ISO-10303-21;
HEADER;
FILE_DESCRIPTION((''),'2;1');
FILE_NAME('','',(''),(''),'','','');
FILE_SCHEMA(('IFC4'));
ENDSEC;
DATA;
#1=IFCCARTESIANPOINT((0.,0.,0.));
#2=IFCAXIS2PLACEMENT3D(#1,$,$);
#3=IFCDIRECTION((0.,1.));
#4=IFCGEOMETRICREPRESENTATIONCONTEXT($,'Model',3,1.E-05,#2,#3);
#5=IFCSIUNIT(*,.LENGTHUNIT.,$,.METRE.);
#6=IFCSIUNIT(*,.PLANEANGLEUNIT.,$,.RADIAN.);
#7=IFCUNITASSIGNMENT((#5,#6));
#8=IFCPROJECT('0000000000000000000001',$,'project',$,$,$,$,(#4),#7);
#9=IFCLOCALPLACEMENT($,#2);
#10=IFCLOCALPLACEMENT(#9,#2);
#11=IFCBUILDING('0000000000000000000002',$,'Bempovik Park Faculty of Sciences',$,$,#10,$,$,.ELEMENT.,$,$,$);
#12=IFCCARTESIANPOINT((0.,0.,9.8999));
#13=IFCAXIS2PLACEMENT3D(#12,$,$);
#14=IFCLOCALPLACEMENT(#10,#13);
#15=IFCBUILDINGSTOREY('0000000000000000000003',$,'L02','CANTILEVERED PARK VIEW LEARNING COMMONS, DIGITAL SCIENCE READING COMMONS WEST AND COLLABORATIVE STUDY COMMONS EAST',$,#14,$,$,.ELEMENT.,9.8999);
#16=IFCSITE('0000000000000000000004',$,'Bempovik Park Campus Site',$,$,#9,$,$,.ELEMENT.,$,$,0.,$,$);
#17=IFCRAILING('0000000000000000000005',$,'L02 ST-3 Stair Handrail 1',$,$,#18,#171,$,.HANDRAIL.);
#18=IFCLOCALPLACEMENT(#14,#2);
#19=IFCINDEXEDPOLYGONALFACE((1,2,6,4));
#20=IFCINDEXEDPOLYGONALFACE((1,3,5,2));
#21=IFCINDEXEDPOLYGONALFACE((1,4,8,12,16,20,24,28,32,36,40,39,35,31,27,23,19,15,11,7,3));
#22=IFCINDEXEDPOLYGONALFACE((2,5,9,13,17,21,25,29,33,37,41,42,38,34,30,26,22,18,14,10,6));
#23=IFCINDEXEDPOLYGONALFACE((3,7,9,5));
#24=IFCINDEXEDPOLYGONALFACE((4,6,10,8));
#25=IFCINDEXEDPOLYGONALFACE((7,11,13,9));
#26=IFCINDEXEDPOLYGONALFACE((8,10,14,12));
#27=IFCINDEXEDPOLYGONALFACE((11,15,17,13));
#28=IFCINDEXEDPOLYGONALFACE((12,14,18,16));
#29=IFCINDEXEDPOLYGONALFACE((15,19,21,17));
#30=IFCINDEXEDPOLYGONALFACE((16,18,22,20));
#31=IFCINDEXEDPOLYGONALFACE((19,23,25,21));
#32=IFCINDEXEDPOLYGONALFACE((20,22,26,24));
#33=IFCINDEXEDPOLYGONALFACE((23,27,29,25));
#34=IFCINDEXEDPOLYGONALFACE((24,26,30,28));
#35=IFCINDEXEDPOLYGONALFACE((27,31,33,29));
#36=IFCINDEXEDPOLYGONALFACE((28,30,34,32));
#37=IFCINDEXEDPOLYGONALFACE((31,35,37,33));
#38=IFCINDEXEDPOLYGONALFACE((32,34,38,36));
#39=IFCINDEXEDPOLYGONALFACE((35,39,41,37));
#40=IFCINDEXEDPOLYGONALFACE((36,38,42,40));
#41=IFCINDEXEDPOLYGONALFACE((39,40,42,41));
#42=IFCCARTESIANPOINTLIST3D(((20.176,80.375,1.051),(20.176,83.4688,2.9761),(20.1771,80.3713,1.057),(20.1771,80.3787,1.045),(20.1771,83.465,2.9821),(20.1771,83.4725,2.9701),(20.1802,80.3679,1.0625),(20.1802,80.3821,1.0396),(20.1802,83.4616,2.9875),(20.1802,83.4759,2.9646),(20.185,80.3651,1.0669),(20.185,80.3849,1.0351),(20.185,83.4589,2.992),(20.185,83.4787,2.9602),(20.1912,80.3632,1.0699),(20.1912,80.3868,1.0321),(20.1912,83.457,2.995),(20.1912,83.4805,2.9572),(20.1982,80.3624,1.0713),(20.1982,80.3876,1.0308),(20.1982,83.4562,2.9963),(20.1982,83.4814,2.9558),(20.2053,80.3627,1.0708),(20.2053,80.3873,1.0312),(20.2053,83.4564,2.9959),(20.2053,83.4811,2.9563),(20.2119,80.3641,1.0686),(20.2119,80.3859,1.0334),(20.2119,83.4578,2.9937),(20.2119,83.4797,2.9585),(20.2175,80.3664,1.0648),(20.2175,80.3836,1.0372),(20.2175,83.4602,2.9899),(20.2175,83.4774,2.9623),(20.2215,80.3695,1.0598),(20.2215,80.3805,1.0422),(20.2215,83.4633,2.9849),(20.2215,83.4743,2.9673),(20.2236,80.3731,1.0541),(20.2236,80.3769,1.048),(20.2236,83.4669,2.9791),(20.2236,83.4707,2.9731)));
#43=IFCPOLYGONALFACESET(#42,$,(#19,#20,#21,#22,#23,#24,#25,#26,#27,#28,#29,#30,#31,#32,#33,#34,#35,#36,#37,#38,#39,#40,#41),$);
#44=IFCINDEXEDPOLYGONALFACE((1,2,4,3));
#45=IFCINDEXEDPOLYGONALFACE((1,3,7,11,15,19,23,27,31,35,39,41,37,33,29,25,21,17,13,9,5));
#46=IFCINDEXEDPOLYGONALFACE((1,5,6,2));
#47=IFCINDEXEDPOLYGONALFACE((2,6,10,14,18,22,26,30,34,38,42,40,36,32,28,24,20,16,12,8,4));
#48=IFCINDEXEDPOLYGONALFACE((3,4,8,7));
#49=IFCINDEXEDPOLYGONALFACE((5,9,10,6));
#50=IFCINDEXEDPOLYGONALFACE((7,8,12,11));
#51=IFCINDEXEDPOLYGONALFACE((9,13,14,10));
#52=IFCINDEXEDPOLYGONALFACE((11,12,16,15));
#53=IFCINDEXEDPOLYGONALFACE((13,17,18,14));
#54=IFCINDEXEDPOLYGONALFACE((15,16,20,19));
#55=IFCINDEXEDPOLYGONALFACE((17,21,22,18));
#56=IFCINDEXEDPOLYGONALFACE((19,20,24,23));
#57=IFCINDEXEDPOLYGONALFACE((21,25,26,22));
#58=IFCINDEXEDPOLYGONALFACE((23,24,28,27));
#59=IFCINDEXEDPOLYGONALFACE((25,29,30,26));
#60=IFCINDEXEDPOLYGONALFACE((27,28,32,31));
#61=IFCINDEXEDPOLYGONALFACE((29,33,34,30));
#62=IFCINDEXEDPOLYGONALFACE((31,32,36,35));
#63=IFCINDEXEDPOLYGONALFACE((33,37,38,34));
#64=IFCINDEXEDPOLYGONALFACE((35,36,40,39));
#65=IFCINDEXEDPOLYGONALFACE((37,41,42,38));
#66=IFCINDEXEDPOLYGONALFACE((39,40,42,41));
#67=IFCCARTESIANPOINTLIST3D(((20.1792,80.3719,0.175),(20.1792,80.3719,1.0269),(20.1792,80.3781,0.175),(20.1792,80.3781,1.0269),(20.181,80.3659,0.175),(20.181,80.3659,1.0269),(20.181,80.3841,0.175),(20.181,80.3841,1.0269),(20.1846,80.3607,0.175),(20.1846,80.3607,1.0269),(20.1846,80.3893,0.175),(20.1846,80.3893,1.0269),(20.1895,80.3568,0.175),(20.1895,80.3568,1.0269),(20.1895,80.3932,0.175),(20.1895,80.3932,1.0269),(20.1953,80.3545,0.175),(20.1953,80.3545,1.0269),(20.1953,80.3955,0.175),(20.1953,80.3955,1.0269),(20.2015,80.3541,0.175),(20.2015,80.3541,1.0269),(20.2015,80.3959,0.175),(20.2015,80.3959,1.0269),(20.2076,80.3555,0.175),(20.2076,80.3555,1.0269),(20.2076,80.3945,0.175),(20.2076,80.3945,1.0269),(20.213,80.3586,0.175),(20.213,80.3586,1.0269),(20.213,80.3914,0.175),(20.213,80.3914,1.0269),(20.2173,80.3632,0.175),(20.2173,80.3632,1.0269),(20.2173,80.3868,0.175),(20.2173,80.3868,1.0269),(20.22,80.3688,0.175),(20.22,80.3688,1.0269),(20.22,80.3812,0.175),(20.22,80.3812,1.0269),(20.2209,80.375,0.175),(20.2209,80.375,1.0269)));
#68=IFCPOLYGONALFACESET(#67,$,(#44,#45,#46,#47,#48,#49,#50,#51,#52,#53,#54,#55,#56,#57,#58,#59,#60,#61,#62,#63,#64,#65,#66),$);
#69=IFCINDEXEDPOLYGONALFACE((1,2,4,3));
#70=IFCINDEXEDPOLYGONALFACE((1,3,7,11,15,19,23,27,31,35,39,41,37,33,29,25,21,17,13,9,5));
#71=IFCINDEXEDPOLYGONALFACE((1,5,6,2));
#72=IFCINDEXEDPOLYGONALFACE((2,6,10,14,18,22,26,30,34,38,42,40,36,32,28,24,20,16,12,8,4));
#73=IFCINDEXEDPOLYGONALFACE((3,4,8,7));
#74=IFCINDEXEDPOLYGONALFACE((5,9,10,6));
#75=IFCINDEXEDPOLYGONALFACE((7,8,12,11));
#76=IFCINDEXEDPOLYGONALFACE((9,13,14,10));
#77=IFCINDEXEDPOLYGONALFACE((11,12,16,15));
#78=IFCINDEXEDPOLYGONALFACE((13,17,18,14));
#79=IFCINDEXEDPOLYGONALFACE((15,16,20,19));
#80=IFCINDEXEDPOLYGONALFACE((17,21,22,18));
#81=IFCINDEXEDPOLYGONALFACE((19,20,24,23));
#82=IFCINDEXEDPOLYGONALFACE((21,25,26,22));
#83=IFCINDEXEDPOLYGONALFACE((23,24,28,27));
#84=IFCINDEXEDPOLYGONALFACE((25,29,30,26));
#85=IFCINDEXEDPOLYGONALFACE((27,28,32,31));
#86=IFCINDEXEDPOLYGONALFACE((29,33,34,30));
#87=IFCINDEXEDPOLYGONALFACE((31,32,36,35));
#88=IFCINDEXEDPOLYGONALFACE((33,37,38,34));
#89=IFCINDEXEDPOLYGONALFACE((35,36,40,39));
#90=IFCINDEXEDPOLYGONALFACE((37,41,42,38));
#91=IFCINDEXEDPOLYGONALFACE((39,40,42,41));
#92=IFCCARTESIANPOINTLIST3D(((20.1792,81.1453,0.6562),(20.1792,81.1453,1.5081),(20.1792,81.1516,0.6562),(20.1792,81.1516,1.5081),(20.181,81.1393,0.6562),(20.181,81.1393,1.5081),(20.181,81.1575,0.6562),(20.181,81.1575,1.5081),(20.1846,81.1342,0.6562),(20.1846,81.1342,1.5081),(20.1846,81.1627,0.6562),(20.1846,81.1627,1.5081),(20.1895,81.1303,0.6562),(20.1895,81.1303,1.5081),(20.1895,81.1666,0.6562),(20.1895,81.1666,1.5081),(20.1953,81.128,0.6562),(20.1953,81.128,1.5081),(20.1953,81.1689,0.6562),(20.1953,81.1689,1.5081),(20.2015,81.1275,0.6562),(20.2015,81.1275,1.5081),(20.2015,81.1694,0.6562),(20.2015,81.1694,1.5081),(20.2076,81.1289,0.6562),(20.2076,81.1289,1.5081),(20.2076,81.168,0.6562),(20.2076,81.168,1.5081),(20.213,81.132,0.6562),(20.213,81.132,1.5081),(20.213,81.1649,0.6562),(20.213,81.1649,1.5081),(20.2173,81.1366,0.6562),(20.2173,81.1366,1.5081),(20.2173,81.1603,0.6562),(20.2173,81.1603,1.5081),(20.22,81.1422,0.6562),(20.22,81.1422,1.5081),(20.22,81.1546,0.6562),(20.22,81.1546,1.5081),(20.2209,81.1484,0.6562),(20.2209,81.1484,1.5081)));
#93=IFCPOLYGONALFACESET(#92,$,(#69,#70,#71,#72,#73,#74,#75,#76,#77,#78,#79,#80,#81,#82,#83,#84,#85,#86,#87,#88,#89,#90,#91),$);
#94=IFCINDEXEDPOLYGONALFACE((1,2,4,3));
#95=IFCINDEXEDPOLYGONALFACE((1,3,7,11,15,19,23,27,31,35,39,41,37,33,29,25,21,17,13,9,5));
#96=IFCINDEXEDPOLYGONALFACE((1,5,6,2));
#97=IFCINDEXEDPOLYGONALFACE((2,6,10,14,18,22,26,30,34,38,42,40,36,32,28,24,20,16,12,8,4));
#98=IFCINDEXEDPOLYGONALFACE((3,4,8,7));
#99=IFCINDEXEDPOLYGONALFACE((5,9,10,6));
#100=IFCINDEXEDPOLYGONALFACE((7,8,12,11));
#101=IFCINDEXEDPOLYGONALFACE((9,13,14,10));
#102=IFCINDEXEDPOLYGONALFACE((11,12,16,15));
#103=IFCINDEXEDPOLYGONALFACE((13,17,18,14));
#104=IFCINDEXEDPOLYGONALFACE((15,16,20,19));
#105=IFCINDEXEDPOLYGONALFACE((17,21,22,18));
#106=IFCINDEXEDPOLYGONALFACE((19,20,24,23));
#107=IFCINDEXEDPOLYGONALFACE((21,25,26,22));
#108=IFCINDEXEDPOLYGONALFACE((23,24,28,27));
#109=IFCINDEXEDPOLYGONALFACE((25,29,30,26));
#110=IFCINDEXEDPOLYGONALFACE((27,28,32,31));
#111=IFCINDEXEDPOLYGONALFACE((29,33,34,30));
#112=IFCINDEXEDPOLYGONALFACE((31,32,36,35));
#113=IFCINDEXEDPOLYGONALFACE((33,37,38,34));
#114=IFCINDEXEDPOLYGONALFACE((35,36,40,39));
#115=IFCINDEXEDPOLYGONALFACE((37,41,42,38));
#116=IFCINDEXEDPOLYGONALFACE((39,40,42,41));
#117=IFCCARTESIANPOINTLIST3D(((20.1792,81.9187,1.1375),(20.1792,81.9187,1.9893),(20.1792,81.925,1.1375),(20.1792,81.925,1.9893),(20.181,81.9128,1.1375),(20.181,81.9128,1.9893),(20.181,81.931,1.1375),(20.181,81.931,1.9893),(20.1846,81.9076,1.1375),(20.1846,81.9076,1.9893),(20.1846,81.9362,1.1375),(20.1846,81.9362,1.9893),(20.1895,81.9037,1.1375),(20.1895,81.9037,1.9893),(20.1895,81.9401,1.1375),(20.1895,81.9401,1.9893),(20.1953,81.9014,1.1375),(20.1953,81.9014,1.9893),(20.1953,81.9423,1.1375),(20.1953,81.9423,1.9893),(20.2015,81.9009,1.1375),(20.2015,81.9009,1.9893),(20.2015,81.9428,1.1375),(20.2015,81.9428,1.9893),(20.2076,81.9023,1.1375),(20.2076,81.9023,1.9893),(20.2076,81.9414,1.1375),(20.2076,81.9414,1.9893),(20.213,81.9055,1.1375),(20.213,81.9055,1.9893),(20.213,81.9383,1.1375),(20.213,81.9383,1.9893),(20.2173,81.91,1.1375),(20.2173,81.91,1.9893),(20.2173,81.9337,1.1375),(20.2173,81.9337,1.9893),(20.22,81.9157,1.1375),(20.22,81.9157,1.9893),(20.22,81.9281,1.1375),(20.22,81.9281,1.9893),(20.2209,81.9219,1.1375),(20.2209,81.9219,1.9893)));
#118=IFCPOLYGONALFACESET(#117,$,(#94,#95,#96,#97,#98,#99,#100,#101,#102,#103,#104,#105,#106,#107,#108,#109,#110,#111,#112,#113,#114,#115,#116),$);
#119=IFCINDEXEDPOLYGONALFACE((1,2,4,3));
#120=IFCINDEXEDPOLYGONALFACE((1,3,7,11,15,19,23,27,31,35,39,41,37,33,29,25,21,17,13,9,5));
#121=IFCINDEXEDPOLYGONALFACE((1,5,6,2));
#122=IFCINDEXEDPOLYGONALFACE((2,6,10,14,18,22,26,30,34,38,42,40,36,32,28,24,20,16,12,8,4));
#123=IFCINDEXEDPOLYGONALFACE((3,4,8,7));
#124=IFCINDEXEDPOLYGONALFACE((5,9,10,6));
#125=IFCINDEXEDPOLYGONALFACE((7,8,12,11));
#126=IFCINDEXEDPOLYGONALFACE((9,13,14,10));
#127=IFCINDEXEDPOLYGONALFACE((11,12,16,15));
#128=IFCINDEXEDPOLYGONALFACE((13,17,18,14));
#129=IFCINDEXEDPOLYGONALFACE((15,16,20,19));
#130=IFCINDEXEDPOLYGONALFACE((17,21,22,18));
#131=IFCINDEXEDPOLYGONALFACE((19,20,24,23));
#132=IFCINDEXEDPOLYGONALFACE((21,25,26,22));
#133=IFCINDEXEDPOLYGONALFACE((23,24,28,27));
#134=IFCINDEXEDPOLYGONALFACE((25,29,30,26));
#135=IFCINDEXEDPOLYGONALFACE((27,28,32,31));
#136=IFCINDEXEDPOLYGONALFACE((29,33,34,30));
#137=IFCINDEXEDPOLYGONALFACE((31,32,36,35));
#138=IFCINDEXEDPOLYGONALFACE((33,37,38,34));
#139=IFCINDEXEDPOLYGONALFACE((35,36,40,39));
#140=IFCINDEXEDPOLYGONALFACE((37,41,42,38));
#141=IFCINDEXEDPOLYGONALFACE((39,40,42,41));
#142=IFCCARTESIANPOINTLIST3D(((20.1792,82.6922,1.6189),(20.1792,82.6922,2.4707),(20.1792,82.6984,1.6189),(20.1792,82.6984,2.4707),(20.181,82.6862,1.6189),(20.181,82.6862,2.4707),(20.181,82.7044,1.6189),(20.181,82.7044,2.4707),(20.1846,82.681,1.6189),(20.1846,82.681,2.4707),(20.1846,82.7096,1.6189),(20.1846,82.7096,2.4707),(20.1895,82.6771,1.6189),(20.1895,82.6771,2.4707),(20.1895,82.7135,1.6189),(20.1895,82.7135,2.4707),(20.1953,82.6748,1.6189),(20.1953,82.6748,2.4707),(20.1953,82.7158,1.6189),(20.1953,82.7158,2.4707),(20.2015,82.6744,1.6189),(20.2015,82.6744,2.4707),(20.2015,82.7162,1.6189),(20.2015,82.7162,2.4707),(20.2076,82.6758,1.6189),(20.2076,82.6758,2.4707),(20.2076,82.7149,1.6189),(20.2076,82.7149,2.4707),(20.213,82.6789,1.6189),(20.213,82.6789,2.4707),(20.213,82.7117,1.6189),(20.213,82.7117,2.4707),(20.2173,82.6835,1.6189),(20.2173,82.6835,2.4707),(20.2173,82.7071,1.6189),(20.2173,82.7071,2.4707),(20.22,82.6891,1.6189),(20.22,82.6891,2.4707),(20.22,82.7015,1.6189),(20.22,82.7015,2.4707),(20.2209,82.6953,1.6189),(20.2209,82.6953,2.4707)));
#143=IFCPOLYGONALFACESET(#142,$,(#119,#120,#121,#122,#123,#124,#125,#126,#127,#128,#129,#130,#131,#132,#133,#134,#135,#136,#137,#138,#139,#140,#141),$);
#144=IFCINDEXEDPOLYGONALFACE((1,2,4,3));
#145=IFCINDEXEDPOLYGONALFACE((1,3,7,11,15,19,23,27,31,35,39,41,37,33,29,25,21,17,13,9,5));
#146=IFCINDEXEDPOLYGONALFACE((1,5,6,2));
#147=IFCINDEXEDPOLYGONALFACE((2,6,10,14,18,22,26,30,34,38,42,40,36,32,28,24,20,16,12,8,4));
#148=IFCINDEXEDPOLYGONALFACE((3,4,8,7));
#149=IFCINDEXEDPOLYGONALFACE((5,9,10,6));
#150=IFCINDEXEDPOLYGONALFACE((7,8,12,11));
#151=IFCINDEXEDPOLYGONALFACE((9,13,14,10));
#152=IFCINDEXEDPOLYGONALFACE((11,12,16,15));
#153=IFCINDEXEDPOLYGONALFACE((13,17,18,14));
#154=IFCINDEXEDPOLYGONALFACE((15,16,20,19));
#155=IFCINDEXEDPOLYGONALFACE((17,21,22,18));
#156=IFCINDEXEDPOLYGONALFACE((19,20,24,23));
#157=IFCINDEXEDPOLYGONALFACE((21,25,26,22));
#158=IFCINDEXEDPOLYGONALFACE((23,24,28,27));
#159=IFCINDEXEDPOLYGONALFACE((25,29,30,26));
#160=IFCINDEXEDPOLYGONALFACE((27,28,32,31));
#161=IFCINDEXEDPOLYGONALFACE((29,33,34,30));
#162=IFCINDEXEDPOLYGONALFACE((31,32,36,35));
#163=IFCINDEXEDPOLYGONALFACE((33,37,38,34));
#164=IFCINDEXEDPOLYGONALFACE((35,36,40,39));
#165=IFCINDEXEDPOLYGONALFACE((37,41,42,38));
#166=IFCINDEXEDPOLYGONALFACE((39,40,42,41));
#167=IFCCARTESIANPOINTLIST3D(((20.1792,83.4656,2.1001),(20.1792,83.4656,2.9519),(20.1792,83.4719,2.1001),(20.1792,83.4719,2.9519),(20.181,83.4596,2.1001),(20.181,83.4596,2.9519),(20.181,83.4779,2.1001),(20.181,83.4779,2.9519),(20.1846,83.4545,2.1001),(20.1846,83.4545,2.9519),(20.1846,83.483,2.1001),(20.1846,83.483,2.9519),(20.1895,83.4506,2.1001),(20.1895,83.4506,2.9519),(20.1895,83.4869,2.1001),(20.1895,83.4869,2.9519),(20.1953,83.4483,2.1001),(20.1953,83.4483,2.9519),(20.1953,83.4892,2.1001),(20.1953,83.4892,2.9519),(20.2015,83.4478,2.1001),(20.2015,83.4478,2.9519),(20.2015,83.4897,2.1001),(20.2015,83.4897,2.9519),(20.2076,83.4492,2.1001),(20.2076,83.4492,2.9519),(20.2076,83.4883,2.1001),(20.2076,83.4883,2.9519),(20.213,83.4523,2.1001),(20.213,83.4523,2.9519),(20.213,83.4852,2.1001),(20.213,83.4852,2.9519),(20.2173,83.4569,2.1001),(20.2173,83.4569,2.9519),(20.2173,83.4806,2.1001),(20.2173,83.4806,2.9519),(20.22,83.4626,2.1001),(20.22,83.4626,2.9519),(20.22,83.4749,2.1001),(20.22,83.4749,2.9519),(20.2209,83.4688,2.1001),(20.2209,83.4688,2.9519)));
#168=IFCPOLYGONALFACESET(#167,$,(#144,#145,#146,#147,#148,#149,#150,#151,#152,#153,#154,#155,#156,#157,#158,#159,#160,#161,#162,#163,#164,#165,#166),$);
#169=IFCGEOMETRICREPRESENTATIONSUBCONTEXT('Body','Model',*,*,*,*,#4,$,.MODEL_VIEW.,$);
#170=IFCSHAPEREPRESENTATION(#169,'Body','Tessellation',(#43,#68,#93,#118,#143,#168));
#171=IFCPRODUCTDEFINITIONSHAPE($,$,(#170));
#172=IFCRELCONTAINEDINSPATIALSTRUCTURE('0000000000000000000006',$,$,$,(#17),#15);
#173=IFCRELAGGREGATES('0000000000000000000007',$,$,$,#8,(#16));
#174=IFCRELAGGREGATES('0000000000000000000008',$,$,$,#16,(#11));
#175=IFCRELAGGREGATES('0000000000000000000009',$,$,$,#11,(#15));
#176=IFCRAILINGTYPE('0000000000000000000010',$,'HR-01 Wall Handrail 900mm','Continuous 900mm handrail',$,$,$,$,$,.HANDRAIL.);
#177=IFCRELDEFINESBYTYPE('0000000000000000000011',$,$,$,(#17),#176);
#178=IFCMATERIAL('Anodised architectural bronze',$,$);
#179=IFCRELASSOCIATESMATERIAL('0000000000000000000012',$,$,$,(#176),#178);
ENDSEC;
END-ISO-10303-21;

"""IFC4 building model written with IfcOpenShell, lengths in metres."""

from ifc_helpers import new_model, si_unit, direction, frame, origin, origin_2d, place, context, subcontext, project, spatial, circle, extrude, material, type_object, element, save


model = new_model("IFC4")

# Units and contexts
model_context = context("Model", 3, precision=1e-05, world=origin(), true_north=direction((0.0, 1.0)))
body_context = subcontext(model_context, "Body", "Model", "MODEL_VIEW")
ifc_project = project(units=[si_unit("LENGTHUNIT", "METRE"), si_unit("PLANEANGLEUNIT", "RADIAN")], contexts=[model_context])

# Site, building, storey
site_placement = place(None, origin())
site = spatial("IfcSite", under=ifc_project, at=site_placement, Name="Bempovik Park Campus Site", CompositionType="ELEMENT", RefElevation=0.0)
building_placement = place(site_placement, origin())
building = spatial("IfcBuilding", under=site, at=building_placement, Name="Bempovik Park Faculty of Sciences", CompositionType="ELEMENT")
storey_placement = place(building_placement, frame((0.0, 0.0, 9.8999)))
storey = spatial("IfcBuildingStorey", under=building, at=storey_placement, Name="L02", Description="CANTILEVERED PARK VIEW LEARNING COMMONS, DIGITAL SCIENCE READING COMMONS WEST AND COLLABORATIVE STUDY COMMONS EAST", CompositionType="ELEMENT", Elevation=9.8999)

# Railing
ifc_material_1 = material(Name="Anodised architectural bronze")
railing_type_1 = type_object("IfcRailingType", Name="HR-01 Wall Handrail 900mm", Description="Continuous 900mm handrail", PredefinedType="HANDRAIL", material=ifc_material_1)
railing_1_placement = place(storey_placement, frame((20.2, 80.375, 0.175)))
element("IfcRailing", 1, at=railing_1_placement, inside=storey, type_object=railing_type_1, Name="L02 ST-3 Stair Handrail 1", PredefinedType="HANDRAIL", context=body_context, shape_type="SweptSolid", body=[
    extrude(circle(Radius=0.0239, at=origin_2d()), frame((0.0, 0.0, 0.876), z_axis=(0.0, 0.849051, 0.528312), x_axis=(-1.0, 0.0, 0.0)), (0.0, 0.0, 1.0), 3.6438),
    extrude(circle(Radius=0.021, at=origin_2d()), origin(), (0.0, 0.0, 1.0), 0.8518),
    extrude(circle(Radius=0.021, at=origin_2d()), frame((0.0, 0.7734, 0.4812)), (0.0, 0.0, 1.0), 0.8518),
    extrude(circle(Radius=0.021, at=origin_2d()), frame((0.0, 1.5469, 0.9624)), (0.0, 0.0, 1.0), 0.8518),
    extrude(circle(Radius=0.021, at=origin_2d()), frame((0.0, 2.3203, 1.4438)), (0.0, 0.0, 1.0), 0.8518),
    extrude(circle(Radius=0.021, at=origin_2d()), frame((0.0, 3.0938, 1.925)), (0.0, 0.0, 1.0), 0.8518),
])

save(model, "model.ifc")
